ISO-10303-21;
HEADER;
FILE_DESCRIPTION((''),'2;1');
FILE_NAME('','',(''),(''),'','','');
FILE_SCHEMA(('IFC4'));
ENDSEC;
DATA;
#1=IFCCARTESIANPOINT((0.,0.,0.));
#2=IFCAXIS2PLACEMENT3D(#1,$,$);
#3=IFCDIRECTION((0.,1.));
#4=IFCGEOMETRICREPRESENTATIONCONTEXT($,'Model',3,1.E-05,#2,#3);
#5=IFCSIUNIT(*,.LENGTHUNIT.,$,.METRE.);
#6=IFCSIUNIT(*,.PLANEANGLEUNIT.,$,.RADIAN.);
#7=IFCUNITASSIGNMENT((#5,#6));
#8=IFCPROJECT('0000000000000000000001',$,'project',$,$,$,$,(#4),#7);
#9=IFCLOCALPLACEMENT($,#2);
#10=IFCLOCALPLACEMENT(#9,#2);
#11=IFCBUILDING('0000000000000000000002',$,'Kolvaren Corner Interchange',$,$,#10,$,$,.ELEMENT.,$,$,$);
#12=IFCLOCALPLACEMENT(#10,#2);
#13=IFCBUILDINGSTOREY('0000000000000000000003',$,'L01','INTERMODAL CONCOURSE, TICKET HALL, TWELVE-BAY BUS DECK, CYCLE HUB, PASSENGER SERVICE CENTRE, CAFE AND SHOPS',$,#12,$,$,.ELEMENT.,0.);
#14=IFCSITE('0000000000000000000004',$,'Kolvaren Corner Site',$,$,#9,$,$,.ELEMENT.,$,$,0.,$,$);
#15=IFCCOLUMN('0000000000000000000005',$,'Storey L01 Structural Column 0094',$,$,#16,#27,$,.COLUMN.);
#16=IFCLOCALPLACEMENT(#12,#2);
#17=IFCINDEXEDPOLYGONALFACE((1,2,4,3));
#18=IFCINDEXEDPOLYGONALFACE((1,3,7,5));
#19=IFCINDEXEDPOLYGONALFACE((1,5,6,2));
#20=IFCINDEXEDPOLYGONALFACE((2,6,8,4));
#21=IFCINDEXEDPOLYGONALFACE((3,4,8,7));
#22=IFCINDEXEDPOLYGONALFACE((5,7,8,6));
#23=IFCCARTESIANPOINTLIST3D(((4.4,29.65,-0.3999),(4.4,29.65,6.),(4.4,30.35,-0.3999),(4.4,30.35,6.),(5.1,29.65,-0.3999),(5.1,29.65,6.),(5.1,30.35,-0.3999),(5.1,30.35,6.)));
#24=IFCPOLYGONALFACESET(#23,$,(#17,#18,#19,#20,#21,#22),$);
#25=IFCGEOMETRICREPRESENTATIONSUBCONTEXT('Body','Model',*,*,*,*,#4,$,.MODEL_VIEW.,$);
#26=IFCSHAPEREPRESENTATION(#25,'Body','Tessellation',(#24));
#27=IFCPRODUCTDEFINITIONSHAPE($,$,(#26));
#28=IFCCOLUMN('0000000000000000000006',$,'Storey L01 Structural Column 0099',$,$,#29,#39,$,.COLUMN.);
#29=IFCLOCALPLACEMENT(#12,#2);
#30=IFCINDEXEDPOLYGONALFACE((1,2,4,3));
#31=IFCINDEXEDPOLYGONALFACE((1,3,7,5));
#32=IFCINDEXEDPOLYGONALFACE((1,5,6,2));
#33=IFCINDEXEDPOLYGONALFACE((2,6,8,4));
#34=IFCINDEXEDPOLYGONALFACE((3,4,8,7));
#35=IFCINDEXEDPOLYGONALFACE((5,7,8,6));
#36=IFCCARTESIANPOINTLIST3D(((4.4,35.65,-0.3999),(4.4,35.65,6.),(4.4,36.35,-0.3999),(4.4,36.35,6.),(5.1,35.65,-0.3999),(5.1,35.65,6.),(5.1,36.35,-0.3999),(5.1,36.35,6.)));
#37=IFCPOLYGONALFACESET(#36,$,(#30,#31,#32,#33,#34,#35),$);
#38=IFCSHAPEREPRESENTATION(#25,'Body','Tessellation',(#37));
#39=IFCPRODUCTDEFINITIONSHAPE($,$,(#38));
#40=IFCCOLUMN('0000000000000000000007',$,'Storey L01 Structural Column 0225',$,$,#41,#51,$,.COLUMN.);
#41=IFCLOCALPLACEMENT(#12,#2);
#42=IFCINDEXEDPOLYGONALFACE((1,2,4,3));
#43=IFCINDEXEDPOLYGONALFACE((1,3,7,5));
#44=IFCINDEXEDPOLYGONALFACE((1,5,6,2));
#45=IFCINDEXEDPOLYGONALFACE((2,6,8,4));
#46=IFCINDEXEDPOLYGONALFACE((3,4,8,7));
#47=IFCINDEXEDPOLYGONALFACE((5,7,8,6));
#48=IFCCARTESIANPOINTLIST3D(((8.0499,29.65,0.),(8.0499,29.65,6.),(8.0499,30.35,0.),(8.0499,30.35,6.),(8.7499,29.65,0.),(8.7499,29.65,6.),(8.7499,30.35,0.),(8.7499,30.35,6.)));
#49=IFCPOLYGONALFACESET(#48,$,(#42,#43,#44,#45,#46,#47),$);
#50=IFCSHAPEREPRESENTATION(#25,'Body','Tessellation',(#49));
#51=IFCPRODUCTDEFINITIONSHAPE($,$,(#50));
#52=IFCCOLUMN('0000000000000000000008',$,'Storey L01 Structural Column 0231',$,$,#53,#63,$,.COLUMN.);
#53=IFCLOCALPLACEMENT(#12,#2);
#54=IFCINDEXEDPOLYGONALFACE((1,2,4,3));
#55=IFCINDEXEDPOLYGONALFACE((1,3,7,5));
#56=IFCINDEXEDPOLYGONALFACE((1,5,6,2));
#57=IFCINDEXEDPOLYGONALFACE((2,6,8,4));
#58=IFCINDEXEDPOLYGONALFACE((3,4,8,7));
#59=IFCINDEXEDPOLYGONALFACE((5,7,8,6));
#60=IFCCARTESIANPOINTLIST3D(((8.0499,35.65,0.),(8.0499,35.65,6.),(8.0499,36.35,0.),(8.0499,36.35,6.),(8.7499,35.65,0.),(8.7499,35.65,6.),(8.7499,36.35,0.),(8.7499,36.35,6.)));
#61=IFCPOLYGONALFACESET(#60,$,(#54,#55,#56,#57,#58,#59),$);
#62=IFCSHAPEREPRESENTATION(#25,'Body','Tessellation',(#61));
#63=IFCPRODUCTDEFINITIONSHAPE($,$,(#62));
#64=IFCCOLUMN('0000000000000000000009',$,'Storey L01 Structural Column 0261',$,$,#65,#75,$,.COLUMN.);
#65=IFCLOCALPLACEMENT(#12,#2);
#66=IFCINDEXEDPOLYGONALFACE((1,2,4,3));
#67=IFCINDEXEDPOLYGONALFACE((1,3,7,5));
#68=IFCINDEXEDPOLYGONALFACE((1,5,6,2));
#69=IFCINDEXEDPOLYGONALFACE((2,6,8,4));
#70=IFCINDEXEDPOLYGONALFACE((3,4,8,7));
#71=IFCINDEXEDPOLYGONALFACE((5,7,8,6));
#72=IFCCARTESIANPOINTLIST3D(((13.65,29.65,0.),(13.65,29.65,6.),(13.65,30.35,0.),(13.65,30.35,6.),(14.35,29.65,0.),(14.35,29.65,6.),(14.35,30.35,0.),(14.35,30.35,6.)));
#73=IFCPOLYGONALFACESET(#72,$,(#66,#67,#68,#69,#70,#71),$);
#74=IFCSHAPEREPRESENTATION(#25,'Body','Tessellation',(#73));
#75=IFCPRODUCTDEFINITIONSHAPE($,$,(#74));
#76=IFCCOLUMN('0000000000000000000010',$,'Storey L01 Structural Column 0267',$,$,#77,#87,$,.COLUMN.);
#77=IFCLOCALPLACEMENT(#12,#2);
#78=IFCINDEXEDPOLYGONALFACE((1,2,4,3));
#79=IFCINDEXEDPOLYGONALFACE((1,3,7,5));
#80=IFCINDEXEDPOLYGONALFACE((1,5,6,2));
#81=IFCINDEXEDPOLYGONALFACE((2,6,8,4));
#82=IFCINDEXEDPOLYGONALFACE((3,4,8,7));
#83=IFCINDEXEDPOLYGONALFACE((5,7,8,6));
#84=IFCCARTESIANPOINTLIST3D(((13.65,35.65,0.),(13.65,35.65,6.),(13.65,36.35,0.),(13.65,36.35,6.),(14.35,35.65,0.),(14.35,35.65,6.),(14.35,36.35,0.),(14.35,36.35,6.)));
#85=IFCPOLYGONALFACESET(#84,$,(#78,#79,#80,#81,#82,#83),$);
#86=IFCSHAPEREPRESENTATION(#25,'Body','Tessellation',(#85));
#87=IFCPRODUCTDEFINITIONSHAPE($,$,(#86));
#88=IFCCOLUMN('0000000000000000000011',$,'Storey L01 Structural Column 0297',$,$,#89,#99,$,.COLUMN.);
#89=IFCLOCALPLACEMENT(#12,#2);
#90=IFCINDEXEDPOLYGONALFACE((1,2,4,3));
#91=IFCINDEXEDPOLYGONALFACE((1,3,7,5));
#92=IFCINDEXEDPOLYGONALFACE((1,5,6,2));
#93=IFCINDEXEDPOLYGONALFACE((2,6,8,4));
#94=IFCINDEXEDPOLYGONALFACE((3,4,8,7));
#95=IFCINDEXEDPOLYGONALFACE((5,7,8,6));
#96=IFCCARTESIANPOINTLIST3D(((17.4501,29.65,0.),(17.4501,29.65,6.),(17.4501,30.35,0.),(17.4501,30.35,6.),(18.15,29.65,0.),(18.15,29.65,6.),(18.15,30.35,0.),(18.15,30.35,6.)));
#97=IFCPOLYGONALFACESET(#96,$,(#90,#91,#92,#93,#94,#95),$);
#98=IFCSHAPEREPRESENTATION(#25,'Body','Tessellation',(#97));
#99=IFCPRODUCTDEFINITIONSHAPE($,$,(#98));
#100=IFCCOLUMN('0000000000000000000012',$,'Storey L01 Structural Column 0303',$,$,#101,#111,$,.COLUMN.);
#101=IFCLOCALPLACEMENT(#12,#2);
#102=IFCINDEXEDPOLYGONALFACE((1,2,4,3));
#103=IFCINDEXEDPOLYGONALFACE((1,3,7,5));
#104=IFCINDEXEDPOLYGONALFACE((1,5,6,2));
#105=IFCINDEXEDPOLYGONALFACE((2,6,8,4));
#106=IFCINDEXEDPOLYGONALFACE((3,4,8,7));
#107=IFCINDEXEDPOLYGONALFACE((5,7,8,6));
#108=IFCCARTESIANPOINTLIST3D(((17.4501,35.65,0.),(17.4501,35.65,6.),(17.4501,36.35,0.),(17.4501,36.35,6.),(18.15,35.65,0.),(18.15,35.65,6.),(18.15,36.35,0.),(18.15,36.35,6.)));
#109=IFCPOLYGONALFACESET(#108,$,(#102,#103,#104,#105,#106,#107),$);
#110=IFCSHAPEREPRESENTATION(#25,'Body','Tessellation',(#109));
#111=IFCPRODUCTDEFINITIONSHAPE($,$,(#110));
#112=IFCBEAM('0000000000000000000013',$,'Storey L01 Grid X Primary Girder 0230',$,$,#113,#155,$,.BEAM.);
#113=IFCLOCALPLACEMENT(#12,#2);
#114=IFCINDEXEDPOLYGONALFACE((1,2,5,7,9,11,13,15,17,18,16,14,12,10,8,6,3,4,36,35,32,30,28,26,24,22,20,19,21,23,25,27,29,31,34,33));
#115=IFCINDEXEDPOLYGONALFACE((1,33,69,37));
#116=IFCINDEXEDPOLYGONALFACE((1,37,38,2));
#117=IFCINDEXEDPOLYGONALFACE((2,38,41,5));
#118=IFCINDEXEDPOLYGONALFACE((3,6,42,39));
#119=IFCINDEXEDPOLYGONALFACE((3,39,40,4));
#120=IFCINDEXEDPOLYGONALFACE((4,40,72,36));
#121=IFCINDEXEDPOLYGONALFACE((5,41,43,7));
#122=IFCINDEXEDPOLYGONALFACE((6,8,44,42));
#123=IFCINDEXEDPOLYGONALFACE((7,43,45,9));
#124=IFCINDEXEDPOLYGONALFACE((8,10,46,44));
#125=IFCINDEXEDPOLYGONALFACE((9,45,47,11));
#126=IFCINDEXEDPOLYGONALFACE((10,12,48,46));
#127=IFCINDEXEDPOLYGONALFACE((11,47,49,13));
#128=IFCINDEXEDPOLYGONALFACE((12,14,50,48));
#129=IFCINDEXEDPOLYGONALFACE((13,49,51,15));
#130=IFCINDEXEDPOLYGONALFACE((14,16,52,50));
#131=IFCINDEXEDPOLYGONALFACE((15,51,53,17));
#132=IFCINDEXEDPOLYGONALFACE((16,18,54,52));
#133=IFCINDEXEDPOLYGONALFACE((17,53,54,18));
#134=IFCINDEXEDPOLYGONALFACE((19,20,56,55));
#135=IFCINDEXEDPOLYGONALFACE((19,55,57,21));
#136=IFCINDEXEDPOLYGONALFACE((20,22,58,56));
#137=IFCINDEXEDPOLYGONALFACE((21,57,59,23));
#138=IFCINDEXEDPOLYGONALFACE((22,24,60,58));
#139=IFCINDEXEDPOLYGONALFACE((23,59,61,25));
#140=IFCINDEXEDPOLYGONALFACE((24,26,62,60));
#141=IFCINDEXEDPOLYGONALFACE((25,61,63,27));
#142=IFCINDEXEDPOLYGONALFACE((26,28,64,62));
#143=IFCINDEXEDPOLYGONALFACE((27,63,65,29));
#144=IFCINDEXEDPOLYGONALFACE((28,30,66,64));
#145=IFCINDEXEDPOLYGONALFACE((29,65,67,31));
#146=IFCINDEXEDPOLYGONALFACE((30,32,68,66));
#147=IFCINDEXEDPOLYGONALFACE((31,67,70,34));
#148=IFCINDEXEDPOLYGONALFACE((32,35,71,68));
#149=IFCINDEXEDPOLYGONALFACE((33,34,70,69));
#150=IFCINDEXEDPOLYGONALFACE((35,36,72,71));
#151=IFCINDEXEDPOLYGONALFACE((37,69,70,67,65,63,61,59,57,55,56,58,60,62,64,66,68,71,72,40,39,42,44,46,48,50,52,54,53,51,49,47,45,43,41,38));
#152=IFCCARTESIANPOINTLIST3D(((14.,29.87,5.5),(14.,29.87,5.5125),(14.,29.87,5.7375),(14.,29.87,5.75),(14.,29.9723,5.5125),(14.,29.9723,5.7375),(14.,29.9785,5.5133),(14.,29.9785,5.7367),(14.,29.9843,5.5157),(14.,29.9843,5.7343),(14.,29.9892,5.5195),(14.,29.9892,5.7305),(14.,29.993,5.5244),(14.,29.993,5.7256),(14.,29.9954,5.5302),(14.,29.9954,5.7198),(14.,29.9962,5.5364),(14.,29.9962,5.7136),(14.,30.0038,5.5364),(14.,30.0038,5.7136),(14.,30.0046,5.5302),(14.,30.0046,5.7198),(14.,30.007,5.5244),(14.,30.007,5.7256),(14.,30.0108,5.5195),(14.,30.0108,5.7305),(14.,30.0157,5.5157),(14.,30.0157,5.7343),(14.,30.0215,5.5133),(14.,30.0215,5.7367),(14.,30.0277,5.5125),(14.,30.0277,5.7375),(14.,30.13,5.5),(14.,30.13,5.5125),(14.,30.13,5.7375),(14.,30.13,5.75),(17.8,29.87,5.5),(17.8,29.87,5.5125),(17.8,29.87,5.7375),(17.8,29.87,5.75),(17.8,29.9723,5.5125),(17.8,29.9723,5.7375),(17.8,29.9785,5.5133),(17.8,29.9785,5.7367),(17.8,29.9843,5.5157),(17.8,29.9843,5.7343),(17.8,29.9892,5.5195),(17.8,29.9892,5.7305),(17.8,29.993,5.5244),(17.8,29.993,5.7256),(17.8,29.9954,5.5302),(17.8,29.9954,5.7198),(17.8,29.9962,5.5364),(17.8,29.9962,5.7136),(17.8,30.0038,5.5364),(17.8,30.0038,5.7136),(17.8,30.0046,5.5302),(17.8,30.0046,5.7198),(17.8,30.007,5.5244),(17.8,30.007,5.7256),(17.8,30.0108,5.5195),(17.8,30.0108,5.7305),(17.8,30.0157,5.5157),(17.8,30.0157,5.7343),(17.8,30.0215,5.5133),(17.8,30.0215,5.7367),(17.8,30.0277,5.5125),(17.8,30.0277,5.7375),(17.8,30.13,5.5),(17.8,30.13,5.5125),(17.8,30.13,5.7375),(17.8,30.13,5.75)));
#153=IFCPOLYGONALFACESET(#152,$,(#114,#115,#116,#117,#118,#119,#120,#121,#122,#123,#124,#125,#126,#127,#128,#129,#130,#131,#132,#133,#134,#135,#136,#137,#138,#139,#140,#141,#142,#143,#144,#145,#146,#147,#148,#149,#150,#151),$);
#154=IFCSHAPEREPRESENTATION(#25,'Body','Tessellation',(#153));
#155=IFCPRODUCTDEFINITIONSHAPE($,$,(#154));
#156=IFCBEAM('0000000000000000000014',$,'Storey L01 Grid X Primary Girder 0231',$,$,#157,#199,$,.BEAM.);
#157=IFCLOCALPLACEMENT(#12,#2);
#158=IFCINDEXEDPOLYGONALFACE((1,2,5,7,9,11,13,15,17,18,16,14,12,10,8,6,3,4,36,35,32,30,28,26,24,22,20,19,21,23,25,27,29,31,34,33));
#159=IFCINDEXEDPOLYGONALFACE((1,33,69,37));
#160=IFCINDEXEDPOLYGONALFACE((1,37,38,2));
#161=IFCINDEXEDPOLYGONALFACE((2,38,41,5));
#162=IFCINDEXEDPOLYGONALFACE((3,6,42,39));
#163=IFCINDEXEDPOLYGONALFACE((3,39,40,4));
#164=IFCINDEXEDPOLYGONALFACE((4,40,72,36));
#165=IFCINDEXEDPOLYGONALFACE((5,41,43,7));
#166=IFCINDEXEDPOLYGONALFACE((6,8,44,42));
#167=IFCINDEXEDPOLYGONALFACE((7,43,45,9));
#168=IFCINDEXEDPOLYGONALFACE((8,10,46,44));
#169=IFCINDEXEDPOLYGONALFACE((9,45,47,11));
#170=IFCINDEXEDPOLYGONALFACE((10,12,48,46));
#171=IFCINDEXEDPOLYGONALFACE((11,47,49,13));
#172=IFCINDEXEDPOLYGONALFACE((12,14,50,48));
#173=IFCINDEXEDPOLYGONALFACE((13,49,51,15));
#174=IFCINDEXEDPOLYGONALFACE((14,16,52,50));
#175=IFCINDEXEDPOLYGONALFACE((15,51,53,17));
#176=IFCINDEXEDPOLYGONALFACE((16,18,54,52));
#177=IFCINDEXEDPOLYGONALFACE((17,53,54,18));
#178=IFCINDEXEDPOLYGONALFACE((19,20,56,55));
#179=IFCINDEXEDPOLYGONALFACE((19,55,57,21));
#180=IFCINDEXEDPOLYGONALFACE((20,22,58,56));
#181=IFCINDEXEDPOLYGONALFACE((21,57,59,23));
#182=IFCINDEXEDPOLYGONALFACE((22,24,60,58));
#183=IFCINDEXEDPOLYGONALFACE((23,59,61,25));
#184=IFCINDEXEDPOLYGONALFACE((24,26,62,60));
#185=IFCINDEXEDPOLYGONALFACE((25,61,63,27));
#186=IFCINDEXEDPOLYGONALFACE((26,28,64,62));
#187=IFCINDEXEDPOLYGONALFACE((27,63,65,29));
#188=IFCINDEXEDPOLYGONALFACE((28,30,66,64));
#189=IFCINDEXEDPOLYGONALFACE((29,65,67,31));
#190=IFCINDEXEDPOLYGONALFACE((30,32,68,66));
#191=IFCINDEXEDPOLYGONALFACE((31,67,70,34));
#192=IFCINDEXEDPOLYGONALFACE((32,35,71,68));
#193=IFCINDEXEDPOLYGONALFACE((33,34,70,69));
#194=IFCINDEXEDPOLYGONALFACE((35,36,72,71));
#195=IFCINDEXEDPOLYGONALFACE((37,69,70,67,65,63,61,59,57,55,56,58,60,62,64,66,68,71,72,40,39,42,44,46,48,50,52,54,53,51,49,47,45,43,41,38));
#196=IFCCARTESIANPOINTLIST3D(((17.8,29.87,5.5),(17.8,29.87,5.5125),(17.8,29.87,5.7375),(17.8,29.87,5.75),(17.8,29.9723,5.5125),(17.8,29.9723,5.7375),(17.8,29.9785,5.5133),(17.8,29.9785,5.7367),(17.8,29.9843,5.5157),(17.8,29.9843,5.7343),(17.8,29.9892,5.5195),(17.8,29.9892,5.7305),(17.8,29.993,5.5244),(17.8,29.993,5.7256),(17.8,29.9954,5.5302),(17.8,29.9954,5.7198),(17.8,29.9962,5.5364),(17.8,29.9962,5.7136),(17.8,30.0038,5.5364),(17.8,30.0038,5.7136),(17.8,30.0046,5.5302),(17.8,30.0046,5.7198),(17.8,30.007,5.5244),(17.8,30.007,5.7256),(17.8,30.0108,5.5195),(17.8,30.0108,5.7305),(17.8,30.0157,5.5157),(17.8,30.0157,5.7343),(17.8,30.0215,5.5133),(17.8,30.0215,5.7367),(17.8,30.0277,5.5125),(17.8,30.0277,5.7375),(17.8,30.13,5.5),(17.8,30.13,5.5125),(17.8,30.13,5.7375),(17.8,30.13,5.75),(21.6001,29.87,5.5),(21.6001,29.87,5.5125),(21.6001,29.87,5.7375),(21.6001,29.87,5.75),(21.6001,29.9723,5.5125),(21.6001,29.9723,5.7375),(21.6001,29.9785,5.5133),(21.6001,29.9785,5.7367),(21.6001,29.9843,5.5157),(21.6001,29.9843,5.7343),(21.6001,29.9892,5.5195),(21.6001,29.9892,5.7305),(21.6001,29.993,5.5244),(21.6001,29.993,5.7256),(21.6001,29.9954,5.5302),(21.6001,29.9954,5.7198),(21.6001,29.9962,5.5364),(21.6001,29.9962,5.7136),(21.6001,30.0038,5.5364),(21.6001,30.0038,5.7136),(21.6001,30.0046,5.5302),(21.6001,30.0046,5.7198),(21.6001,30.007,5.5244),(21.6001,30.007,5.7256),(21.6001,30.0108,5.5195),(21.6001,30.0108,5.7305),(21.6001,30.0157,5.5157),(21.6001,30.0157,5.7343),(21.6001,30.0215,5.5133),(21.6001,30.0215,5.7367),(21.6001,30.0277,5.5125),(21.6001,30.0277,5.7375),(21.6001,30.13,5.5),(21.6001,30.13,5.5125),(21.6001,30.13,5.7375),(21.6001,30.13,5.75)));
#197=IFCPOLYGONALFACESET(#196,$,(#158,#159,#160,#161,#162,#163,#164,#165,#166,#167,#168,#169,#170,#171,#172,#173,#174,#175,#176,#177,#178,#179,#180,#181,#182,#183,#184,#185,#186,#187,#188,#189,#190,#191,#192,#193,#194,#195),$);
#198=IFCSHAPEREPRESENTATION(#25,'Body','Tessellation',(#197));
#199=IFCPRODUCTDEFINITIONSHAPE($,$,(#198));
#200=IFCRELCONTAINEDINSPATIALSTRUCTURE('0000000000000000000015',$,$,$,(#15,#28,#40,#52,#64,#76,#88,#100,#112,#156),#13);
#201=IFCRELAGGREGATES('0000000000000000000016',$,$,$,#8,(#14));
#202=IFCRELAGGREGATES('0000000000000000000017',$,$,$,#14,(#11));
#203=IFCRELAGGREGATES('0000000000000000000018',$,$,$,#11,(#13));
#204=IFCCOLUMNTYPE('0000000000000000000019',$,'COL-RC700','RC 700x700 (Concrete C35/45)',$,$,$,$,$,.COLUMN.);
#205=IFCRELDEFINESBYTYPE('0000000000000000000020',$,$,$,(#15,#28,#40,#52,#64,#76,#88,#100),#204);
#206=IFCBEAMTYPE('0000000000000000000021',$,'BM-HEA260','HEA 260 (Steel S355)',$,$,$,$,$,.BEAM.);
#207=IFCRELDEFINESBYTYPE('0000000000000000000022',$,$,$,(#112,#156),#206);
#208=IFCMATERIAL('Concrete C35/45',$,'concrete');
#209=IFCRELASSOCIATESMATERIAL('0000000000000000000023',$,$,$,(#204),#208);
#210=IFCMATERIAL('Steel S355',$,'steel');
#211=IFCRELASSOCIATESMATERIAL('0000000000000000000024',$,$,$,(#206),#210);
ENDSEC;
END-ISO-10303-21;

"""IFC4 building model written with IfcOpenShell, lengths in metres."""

from ifc_helpers import new_model, si_unit, direction, frame, origin, origin_2d, place, context, subcontext, project, spatial, rectangle, i_section, extrude, material, material_profile, profile_set, type_object, element, save


model = new_model("IFC4")

# Units and contexts
model_context = context("Model", 3, precision=1e-05, world=origin(), true_north=direction((0.0, 1.0)))
body_context = subcontext(model_context, "Body", "Model", "MODEL_VIEW")
ifc_project = project(units=[si_unit("LENGTHUNIT", "METRE"), si_unit("PLANEANGLEUNIT", "RADIAN")], contexts=[model_context])

# Site, building, storey
site_placement = place(None, origin())
site = spatial("IfcSite", under=ifc_project, at=site_placement, Name="Kolvaren Corner Site", CompositionType="ELEMENT", RefElevation=0.0)
building_placement = place(site_placement, origin())
building = spatial("IfcBuilding", under=site, at=building_placement, Name="Kolvaren Corner Interchange", CompositionType="ELEMENT")
storey_placement = place(building_placement, origin())
storey = spatial("IfcBuildingStorey", under=building, at=storey_placement, Name="L01", Description="INTERMODAL CONCOURSE, TICKET HALL, TWELVE-BAY BUS DECK, CYCLE HUB, PASSENGER SERVICE CENTRE, CAFE AND SHOPS", CompositionType="ELEMENT", Elevation=0.0)

# Columns
ifc_material_1 = material(Name="Concrete C35/45", Category="concrete")
ifc_material_profile_1 = material_profile(ifc_material_1, rectangle(XDim=0.7, YDim=0.7, at=origin_2d()), Name="RC 700x700")
ifc_profile_set_1 = profile_set([ifc_material_profile_1], Name="Concrete C35/45")
column_type = type_object("IfcColumnType", Name="COL-RC700", Description="RC 700x700 (Concrete C35/45)", PredefinedType="COLUMN", material=ifc_profile_set_1)
for number, where, z_axis, x_axis, name in (
    (1, (4.75, 30.0, -0.3999), (0.0, 0.0, 1.0), (1.0, 0.0, 0.0), "Storey L01 Structural Column 0094"),
    (2, (4.75, 36.0, -0.3999), (0.0, 0.0, 1.0), (1.0, 0.0, 0.0), "Storey L01 Structural Column 0099"),
):
    element("IfcColumn", number, at=place(storey_placement, frame(where, z_axis=z_axis, x_axis=x_axis)), inside=storey, type_object=column_type, Name=name, PredefinedType="COLUMN", context=body_context, shape_type="SweptSolid", body=[
        extrude(rectangle(XDim=0.7, YDim=0.7, at=origin_2d()), origin(), (0.0, 0.0, 1.0), 6.3999),
    ])
for number, where, z_axis, x_axis, name in (
    (3, (8.3999, 30.0, 0.0), (0.0, 0.0, 1.0), (1.0, 0.0, 0.0), "Storey L01 Structural Column 0225"),
    (4, (8.3999, 36.0, 0.0), (0.0, 0.0, 1.0), (1.0, 0.0, 0.0), "Storey L01 Structural Column 0231"),
    (5, (14.0, 30.0, 0.0), (0.0, 0.0, 1.0), (1.0, 0.0, 0.0), "Storey L01 Structural Column 0261"),
    (6, (14.0, 36.0, 0.0), (0.0, 0.0, 1.0), (1.0, 0.0, 0.0), "Storey L01 Structural Column 0267"),
    (7, (17.8, 30.0, 0.0), (0.0, 0.0, 1.0), (1.0, 0.0, 0.0), "Storey L01 Structural Column 0297"),
    (8, (17.8, 36.0, 0.0), (0.0, 0.0, 1.0), (1.0, 0.0, 0.0), "Storey L01 Structural Column 0303"),
):
    element("IfcColumn", number, at=place(storey_placement, frame(where, z_axis=z_axis, x_axis=x_axis)), inside=storey, type_object=column_type, Name=name, PredefinedType="COLUMN", context=body_context, shape_type="SweptSolid", body=[
        extrude(rectangle(XDim=0.7, YDim=0.7, at=origin_2d()), origin(), (0.0, 0.0, 1.0), 6.0),
    ])

# Beams
ifc_material_2 = material(Name="Steel S355", Category="steel")
ifc_material_profile_2 = material_profile(ifc_material_2, i_section(OverallWidth=0.26, OverallDepth=0.25, WebThickness=0.0076, FlangeThickness=0.0125, FilletRadius=0.0239, at=origin_2d()), Name="HEA 260")
ifc_profile_set_2 = profile_set([ifc_material_profile_2], Name="Steel S355")
beam_type_1 = type_object("IfcBeamType", Name="BM-HEA260", Description="HEA 260 (Steel S355)", PredefinedType="BEAM", material=ifc_profile_set_2)
for number, where, z_axis, x_axis, name in (
    (9, (14.0, 30.0, 5.625), (1.0, 0.0, 0.0), (0.0, 1.0, 0.0), "Storey L01 Grid X Primary Girder 0230"),
    (10, (17.8, 30.0, 5.625), (1.0, 0.0, 0.0), (0.0, 1.0, 0.0), "Storey L01 Grid X Primary Girder 0231"),
):
    element("IfcBeam", number, at=place(storey_placement, frame(where, z_axis=z_axis, x_axis=x_axis)), inside=storey, type_object=beam_type_1, Name=name, PredefinedType="BEAM", context=body_context, shape_type="SweptSolid", body=[
        extrude(i_section(OverallWidth=0.26, OverallDepth=0.25, WebThickness=0.0076, FlangeThickness=0.0125, FilletRadius=0.0239, at=origin_2d()), origin(), (0.0, 0.0, 1.0), 3.8),
    ])

save(model, "model.ifc")
